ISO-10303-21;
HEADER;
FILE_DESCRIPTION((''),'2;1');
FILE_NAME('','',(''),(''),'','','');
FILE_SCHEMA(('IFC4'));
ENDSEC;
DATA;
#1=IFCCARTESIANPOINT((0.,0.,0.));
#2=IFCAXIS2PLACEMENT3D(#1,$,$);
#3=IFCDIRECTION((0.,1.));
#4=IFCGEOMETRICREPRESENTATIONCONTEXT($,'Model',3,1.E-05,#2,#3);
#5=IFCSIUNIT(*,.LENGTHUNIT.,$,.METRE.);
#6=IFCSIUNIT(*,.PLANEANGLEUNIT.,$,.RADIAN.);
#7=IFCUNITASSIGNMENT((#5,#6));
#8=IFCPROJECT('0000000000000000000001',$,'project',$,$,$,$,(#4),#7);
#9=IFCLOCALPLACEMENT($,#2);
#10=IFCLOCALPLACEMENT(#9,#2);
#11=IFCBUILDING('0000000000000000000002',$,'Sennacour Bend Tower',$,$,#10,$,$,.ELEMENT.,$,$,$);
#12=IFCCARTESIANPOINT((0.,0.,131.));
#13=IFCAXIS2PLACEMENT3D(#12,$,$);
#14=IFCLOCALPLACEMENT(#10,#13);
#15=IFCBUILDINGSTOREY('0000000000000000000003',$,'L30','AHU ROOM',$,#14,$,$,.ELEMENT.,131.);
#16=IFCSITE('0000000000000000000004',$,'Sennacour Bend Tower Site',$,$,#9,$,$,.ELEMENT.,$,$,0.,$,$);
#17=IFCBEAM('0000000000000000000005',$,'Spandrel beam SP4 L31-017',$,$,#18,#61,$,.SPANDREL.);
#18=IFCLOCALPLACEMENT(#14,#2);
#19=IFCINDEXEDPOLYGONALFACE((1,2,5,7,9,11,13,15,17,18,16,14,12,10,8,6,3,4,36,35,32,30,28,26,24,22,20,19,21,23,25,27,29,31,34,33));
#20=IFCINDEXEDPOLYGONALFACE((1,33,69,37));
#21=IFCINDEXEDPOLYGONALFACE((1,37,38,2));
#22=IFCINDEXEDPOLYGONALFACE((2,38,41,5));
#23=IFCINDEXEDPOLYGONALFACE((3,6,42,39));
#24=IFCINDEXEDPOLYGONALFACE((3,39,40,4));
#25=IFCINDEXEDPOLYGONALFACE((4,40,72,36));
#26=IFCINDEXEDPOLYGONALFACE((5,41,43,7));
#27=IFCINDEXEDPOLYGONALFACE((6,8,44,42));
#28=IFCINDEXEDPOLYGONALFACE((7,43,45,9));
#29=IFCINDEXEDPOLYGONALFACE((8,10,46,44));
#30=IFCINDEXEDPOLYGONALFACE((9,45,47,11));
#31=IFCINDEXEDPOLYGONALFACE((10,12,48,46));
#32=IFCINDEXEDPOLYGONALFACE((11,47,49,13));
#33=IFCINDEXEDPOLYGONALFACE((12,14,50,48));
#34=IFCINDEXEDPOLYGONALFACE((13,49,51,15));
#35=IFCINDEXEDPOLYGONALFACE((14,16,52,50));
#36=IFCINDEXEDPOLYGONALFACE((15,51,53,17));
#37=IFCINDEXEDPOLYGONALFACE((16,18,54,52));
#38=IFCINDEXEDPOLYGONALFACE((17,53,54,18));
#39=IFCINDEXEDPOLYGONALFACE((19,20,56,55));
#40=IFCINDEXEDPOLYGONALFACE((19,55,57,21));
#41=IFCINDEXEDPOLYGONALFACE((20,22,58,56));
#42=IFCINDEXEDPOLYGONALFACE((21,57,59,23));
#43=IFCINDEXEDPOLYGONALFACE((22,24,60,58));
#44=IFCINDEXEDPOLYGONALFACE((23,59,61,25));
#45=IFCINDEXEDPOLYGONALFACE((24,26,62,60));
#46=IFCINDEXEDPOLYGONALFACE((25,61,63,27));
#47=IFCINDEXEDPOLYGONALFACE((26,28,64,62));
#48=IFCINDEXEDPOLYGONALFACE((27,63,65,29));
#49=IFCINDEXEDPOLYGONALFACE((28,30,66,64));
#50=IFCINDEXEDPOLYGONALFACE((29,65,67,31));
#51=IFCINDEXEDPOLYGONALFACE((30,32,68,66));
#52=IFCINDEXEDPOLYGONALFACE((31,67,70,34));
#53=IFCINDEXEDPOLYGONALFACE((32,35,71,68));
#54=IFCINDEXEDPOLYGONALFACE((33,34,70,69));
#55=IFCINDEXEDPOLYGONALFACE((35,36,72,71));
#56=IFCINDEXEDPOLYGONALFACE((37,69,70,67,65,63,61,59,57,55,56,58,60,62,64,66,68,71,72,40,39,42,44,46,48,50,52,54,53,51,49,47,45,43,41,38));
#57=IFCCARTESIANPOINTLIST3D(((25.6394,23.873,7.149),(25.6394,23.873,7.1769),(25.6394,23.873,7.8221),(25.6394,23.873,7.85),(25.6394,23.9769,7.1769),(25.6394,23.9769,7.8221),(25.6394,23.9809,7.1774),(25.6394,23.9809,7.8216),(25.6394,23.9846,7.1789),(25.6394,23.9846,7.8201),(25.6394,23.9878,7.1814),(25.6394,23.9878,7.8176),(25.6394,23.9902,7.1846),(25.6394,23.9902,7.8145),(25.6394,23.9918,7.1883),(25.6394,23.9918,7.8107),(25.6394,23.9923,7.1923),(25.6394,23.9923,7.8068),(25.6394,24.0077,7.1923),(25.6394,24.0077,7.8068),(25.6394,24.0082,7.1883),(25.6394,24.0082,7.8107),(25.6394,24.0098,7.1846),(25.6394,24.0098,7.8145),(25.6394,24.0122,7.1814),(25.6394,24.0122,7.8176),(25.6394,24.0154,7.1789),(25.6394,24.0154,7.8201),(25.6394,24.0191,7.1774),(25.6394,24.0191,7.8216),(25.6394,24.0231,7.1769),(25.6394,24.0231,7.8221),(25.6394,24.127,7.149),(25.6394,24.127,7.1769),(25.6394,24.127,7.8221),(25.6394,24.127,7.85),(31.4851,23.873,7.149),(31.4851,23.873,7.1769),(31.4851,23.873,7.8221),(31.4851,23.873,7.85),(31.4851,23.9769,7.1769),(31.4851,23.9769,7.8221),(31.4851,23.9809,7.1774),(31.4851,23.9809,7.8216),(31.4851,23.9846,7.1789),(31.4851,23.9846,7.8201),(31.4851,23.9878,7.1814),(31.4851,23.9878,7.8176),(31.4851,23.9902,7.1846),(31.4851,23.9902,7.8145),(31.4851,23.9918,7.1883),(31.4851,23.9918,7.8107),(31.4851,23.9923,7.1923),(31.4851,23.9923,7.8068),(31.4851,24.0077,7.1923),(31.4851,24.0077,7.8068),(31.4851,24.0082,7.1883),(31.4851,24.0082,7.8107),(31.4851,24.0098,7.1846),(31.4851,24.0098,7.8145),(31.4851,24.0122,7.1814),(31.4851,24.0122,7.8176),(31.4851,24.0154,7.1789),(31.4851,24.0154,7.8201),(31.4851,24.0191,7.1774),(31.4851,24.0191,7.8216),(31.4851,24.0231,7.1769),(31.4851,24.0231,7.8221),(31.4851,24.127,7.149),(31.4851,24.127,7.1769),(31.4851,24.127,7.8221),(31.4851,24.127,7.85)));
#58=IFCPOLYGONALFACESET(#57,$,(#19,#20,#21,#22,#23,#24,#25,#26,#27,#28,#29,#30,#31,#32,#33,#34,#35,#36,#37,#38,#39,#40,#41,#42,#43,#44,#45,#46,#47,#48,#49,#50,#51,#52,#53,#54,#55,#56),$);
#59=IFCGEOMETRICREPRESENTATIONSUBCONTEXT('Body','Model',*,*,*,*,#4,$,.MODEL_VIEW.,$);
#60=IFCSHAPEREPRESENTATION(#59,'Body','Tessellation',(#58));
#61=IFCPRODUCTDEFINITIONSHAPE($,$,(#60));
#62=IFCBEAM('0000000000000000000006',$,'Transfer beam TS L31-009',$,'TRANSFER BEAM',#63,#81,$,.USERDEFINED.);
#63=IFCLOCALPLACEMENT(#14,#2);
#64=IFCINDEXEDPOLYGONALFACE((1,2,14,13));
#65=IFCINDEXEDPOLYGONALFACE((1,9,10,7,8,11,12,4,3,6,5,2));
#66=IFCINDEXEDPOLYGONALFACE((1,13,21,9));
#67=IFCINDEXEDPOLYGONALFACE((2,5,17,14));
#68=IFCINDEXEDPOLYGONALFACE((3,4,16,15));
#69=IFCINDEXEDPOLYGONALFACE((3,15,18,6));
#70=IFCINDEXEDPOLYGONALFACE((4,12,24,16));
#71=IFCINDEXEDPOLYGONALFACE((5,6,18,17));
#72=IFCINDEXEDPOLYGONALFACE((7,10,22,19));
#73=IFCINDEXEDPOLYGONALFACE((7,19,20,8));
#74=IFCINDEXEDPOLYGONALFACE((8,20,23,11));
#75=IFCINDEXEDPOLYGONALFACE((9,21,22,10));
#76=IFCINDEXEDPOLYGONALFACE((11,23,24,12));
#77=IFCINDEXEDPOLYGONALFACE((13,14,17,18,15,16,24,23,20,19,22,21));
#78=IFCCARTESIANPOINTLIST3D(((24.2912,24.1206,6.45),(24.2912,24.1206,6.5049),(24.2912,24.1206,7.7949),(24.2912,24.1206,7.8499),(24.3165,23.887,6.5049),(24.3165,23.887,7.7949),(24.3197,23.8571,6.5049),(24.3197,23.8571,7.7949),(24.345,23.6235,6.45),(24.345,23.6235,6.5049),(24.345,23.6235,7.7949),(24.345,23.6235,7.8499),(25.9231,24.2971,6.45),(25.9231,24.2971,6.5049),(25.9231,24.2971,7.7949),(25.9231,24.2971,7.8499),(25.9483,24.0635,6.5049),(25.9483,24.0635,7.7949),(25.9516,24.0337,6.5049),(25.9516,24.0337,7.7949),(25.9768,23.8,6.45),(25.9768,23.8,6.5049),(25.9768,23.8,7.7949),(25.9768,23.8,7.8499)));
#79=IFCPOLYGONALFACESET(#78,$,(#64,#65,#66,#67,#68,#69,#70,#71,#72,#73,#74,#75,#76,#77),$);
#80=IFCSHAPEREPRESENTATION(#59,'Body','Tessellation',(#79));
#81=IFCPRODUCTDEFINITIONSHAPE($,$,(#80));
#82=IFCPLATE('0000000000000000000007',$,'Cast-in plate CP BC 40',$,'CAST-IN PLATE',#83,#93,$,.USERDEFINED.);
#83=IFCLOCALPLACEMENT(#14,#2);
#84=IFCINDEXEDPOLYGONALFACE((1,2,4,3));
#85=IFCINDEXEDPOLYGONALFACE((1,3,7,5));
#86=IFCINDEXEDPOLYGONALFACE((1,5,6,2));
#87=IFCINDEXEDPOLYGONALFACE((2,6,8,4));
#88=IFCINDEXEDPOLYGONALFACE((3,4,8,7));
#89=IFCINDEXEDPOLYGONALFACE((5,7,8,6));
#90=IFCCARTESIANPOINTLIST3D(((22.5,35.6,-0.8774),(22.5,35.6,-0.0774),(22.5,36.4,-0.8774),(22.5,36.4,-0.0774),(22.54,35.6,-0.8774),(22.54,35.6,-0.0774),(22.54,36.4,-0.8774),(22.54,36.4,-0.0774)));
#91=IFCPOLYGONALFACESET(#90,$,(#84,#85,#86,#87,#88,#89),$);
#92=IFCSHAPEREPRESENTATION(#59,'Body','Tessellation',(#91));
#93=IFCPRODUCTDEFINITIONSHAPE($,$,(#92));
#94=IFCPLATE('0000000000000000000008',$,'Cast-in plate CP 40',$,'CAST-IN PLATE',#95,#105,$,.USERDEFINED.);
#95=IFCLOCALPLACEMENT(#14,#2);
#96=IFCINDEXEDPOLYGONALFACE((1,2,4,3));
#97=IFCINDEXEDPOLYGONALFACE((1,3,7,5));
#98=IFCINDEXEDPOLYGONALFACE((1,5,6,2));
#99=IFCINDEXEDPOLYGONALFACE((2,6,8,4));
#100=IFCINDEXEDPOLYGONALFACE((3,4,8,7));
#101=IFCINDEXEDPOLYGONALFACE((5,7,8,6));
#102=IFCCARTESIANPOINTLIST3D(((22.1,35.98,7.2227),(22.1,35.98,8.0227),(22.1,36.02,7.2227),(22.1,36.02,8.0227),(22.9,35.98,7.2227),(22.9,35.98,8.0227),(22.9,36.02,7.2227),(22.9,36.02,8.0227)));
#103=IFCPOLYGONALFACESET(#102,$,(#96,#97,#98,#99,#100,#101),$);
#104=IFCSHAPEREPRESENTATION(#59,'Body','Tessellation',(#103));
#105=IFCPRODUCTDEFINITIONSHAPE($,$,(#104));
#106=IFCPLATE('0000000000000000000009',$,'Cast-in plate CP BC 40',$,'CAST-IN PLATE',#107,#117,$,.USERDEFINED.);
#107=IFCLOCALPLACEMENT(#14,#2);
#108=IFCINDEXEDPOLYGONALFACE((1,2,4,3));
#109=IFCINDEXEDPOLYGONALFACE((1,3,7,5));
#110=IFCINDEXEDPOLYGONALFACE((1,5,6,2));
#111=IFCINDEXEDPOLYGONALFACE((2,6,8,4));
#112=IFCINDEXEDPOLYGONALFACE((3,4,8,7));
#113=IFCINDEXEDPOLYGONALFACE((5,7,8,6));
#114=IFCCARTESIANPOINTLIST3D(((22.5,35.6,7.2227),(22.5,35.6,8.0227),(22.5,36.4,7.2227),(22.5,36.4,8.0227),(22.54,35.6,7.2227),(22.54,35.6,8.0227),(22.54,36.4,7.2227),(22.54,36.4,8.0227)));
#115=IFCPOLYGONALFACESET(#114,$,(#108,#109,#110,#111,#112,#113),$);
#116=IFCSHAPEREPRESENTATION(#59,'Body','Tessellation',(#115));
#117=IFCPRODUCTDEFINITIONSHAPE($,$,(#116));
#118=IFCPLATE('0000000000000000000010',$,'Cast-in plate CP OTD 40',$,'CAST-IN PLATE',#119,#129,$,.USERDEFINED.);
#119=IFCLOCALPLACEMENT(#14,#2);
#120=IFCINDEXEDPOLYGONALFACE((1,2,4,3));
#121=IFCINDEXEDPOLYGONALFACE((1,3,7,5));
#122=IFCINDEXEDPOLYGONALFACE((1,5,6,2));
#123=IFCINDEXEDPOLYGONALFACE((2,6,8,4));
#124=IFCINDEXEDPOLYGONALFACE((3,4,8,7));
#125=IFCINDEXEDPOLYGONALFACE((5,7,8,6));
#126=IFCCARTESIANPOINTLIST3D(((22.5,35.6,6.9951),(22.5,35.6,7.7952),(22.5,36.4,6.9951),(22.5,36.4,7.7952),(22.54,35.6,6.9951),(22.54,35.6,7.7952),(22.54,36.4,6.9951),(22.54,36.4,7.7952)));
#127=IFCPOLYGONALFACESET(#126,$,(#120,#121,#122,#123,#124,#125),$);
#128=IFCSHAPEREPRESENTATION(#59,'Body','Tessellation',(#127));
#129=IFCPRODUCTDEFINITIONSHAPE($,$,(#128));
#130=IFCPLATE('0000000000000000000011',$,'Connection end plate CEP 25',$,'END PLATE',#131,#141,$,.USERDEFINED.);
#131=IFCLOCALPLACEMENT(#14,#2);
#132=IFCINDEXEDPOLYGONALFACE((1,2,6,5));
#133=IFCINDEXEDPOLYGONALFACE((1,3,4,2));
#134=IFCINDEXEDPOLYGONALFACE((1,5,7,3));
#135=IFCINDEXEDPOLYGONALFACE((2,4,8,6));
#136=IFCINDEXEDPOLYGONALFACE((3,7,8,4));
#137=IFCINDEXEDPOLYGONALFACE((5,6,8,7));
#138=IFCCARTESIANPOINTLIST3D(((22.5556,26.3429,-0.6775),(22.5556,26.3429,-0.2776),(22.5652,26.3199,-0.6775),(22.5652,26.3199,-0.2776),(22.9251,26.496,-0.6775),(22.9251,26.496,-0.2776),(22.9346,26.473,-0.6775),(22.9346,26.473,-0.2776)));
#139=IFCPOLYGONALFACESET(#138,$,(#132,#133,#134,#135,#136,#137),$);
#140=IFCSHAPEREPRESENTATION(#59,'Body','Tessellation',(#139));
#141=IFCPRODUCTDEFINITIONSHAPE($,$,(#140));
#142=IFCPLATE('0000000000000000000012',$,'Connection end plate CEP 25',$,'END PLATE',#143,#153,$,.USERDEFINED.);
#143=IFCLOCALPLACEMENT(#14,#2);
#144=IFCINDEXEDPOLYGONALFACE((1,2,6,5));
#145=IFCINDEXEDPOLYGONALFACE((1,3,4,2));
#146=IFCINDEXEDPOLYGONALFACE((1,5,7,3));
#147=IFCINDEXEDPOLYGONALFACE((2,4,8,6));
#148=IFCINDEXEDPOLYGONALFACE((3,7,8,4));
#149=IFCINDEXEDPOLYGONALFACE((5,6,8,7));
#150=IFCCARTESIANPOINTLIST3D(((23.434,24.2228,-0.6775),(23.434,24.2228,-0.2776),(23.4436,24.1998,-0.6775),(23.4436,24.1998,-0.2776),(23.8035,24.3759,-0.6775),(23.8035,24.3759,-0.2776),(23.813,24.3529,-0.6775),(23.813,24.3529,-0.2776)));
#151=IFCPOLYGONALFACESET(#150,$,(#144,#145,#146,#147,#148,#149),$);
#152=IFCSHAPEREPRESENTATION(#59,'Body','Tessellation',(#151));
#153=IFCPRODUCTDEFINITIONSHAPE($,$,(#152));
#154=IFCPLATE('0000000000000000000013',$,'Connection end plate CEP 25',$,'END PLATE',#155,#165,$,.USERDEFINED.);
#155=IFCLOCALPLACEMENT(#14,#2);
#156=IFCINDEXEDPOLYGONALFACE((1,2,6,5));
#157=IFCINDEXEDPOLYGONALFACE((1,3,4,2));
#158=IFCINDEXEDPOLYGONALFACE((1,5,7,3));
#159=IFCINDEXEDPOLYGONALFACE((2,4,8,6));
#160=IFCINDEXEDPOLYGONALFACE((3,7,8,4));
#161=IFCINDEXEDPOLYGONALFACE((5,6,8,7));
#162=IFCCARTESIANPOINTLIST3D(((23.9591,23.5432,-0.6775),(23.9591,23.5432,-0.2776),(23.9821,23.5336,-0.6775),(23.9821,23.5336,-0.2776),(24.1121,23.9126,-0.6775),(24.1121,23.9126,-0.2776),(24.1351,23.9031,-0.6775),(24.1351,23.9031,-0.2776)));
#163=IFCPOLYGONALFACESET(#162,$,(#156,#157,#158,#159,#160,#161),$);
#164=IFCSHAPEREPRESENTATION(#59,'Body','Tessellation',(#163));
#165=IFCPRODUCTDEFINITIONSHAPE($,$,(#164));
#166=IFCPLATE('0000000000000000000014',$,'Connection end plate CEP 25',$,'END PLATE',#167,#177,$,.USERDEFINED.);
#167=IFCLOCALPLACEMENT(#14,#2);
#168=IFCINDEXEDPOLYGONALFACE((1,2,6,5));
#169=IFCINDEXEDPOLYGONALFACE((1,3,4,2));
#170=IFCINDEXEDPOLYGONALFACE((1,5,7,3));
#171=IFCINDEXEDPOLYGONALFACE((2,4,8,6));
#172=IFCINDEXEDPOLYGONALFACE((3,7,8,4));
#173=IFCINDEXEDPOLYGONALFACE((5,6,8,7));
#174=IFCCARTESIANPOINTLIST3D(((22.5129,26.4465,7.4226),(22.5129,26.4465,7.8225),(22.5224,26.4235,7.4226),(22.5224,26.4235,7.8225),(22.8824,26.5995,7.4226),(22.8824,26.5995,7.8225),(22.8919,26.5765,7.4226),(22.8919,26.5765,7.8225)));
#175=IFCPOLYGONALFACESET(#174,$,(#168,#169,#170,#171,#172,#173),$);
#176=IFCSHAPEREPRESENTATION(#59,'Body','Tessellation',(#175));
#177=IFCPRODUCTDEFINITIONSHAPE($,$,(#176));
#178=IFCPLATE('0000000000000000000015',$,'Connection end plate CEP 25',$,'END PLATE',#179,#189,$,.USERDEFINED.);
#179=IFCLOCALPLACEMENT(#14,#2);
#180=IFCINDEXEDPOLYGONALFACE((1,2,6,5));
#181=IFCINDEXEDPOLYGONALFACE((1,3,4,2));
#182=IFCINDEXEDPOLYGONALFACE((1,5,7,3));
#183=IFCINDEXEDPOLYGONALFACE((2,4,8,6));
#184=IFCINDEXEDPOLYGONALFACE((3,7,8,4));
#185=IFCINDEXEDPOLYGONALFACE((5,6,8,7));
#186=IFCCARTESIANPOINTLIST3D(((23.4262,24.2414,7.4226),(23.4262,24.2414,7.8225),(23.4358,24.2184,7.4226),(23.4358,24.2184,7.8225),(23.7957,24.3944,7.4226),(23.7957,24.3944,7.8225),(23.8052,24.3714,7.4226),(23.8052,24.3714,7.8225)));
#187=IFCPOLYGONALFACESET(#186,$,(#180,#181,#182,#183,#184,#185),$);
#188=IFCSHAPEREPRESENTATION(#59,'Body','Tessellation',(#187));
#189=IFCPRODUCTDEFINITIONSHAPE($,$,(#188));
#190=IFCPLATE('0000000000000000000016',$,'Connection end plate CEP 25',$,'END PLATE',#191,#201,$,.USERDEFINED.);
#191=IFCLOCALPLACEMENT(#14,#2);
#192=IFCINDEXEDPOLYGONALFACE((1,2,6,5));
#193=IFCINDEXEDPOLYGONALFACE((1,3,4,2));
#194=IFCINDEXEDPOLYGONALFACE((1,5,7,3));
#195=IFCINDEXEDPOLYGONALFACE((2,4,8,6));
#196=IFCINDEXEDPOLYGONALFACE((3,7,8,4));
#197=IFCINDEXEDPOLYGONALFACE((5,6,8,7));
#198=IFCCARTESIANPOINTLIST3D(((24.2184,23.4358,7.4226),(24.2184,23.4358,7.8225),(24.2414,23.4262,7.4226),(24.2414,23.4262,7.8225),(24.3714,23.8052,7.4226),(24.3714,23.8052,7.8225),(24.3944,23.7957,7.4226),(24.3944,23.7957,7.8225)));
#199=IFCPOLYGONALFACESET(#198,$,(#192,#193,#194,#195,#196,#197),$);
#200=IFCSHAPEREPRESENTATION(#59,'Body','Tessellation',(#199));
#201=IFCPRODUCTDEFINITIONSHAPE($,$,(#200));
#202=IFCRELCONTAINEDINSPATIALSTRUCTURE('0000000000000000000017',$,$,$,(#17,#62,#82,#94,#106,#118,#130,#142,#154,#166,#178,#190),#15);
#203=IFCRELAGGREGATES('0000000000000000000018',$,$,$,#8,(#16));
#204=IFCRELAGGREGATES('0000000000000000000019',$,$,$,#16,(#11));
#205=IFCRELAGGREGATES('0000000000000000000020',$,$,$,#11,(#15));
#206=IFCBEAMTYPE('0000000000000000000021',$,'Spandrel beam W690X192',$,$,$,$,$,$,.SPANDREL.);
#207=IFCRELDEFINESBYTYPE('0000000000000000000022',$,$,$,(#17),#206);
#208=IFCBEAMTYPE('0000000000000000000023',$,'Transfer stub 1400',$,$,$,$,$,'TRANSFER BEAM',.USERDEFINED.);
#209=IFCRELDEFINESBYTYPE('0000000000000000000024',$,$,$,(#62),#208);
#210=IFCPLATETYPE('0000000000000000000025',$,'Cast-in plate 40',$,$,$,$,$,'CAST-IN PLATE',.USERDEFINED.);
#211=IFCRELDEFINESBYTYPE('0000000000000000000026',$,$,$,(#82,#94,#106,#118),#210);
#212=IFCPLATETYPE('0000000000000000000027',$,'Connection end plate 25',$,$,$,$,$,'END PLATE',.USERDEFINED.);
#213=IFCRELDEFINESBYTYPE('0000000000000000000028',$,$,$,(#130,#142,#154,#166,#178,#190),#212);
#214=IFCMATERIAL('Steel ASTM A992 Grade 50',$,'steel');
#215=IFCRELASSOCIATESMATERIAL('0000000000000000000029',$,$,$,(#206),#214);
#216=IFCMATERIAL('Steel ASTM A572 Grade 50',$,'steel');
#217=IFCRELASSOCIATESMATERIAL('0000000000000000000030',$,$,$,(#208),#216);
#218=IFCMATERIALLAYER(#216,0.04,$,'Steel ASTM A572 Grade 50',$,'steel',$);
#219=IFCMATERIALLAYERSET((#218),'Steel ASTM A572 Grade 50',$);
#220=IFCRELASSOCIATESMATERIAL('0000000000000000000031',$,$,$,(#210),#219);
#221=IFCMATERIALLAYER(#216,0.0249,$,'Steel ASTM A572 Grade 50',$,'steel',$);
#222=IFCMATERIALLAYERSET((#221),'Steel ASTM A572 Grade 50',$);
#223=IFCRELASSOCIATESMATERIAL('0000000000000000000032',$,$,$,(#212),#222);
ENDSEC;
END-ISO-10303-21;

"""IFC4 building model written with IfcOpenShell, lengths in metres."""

from ifc_helpers import new_model, si_unit, direction, frame, origin, origin_2d, place, context, subcontext, project, spatial, rectangle, i_section, extrude, material, layer, layer_set, material_profile, profile_set, type_object, element, save


model = new_model("IFC4")

# Units and contexts
model_context = context("Model", 3, precision=1e-05, world=origin(), true_north=direction((0.0, 1.0)))
body_context = subcontext(model_context, "Body", "Model", "MODEL_VIEW")
ifc_project = project(units=[si_unit("LENGTHUNIT", "METRE"), si_unit("PLANEANGLEUNIT", "RADIAN")], contexts=[model_context])

# Site, building, storey
site_placement = place(None, origin())
site = spatial("IfcSite", under=ifc_project, at=site_placement, Name="Sennacour Bend Tower Site", CompositionType="ELEMENT", RefElevation=0.0)
building_placement = place(site_placement, origin())
building = spatial("IfcBuilding", under=site, at=building_placement, Name="Sennacour Bend Tower", CompositionType="ELEMENT")
storey_placement = place(building_placement, frame((0.0, 0.0, 131.0)))
storey = spatial("IfcBuildingStorey", under=building, at=storey_placement, Name="L30", Description="AHU ROOM", CompositionType="ELEMENT", Elevation=131.0)

# Shared definitions
ifc_material_1 = material(Name="Steel ASTM A572 Grade 50", Category="steel")

# Shared definitions
ifc_material_2 = material(Name="Steel ASTM A992 Grade 50", Category="steel")

# Beams
ifc_material_profile_1 = material_profile(ifc_material_2, i_section(OverallWidth=0.2539, OverallDepth=0.7009, WebThickness=0.0154, FlangeThickness=0.0278, FilletRadius=0.0154, at=origin_2d()), Name="Steel ASTM A992 Grade 50", Category="steel")
ifc_profile_set_1 = profile_set([ifc_material_profile_1], Name="Steel ASTM A992 Grade 50")
beam_type_1 = type_object("IfcBeamType", Name="Spandrel beam W690X192", PredefinedType="SPANDREL", material=ifc_profile_set_1)
beam_1_placement = place(storey_placement, frame((25.6394, 24.0, 7.4995), z_axis=(1.0, 0.0, 0.0), x_axis=(0.0, 1.0, 0.0)))
element("IfcBeam", 1, at=beam_1_placement, inside=storey, type_object=beam_type_1, Name="Spandrel beam SP4 L31-017", PredefinedType="SPANDREL", context=body_context, shape_type="SweptSolid", body=[
    extrude(i_section(OverallWidth=0.2539, OverallDepth=0.7009, WebThickness=0.0154, FlangeThickness=0.0278, FilletRadius=0.0154, at=origin_2d()), origin(), (0.0, 0.0, 1.0), 5.8457),
])
ifc_material_profile_2 = material_profile(ifc_material_1, i_section(OverallWidth=0.5, OverallDepth=1.3999, WebThickness=0.03, FlangeThickness=0.0549, at=origin_2d()), Name="Steel ASTM A572 Grade 50", Category="steel")
ifc_profile_set_2 = profile_set([ifc_material_profile_2], Name="Steel ASTM A572 Grade 50")
beam_type_2 = type_object("IfcBeamType", Name="Transfer stub 1400", ElementType="TRANSFER BEAM", PredefinedType="USERDEFINED", material=ifc_profile_set_2)
beam_2_placement = place(storey_placement, frame((24.3181, 23.8721, 7.1499), z_axis=(0.994201, 0.107541, 0.0), x_axis=(-0.107541, 0.994201, 0.0)))
element("IfcBeam", 2, at=beam_2_placement, inside=storey, type_object=beam_type_2, Name="Transfer beam TS L31-009", ObjectType="TRANSFER BEAM", PredefinedType="USERDEFINED", context=body_context, shape_type="SweptSolid", body=[
    extrude(i_section(OverallWidth=0.5, OverallDepth=1.3999, WebThickness=0.03, FlangeThickness=0.0549, at=origin_2d()), origin(), (0.0, 0.0, 1.0), 1.6414),
])

# Plates
ifc_layer_1 = layer(ifc_material_1, 0.04, Name="Steel ASTM A572 Grade 50", Category="steel")
ifc_layer_set_1 = layer_set([ifc_layer_1], Name="Steel ASTM A572 Grade 50")
plate_type_1 = type_object("IfcPlateType", Name="Cast-in plate 40", ElementType="CAST-IN PLATE", PredefinedType="USERDEFINED", material=ifc_layer_set_1)
plate_1_placement = place(storey_placement, frame((22.52, 36.0, -0.8774), z_axis=(0.0, 0.0, 1.0), x_axis=(1.0, 0.0, 0.0)))
element("IfcPlate", 3, at=plate_1_placement, inside=storey, type_object=plate_type_1, Name="Cast-in plate CP BC 40", ObjectType="CAST-IN PLATE", PredefinedType="USERDEFINED", context=body_context, shape_type="SweptSolid", body=[
    extrude(rectangle(XDim=0.04, YDim=0.8, at=origin_2d()), origin(), (0.0, 0.0, 1.0), 0.8),
])
plate_2_placement = place(storey_placement, frame((22.5, 36.0, 7.2227), z_axis=(0.0, 0.0, 1.0), x_axis=(1.0, 0.0, 0.0)))
element("IfcPlate", 4, at=plate_2_placement, inside=storey, type_object=plate_type_1, Name="Cast-in plate CP 40", ObjectType="CAST-IN PLATE", PredefinedType="USERDEFINED", context=body_context, shape_type="SweptSolid", body=[
    extrude(rectangle(XDim=0.8, YDim=0.04, at=origin_2d()), origin(), (0.0, 0.0, 1.0), 0.8),
])
for number, where, z_axis, x_axis, name in (
    (5, (22.52, 36.0, 7.2227), (0.0, 0.0, 1.0), (1.0, 0.0, 0.0), "Cast-in plate CP BC 40"),
    (6, (22.52, 36.0, 6.9951), (0.0, 0.0, 1.0), (1.0, 0.0, 0.0), "Cast-in plate CP OTD 40"),
):
    element("IfcPlate", number, at=place(storey_placement, frame(where, z_axis=z_axis, x_axis=x_axis)), inside=storey, type_object=plate_type_1, Name=name, ObjectType="CAST-IN PLATE", PredefinedType="USERDEFINED", context=body_context, shape_type="SweptSolid", body=[
        extrude(rectangle(XDim=0.04, YDim=0.8, at=origin_2d()), origin(), (0.0, 0.0, 1.0), 0.8),
    ])
ifc_layer_2 = layer(ifc_material_1, 0.0249, Name="Steel ASTM A572 Grade 50", Category="steel")
ifc_layer_set_2 = layer_set([ifc_layer_2], Name="Steel ASTM A572 Grade 50")
plate_type_2 = type_object("IfcPlateType", Name="Connection end plate 25", ElementType="END PLATE", PredefinedType="USERDEFINED", material=ifc_layer_set_2)
for number, where, z_axis, x_axis, name in (
    (7, (22.7451, 26.408, -0.6775), (0.0, 0.0, 1.0), (-0.382683, 0.92388, 0.0), "Connection end plate CEP 25"),
    (8, (23.6235, 24.2878, -0.6775), (0.0, 0.0, 1.0), (0.382683, -0.92388, 0.0), "Connection end plate CEP 25"),
    (9, (24.0471, 23.7231, -0.6775), (0.0, 0.0, 1.0), (-0.92388, 0.382683, 0.0), "Connection end plate CEP 25"),
    (10, (22.7024, 26.5115, 7.4226), (0.0, 0.0, 1.0), (-0.382683, 0.92388, 0.0), "Connection end plate CEP 25"),
    (11, (23.6157, 24.3064, 7.4226), (0.0, 0.0, 1.0), (0.382683, -0.92388, 0.0), "Connection end plate CEP 25"),
    (12, (24.3064, 23.6157, 7.4226), (0.0, 0.0, 1.0), (-0.92388, 0.382683, 0.0), "Connection end plate CEP 25"),
):
    element("IfcPlate", number, at=place(storey_placement, frame(where, z_axis=z_axis, x_axis=x_axis)), inside=storey, type_object=plate_type_2, Name=name, ObjectType="END PLATE", PredefinedType="USERDEFINED", context=body_context, shape_type="SweptSolid", body=[
        extrude(rectangle(XDim=0.0249, YDim=0.3999, at=origin_2d()), origin(), (0.0, 0.0, 1.0), 0.3999),
    ])

save(model, "model.ifc")
